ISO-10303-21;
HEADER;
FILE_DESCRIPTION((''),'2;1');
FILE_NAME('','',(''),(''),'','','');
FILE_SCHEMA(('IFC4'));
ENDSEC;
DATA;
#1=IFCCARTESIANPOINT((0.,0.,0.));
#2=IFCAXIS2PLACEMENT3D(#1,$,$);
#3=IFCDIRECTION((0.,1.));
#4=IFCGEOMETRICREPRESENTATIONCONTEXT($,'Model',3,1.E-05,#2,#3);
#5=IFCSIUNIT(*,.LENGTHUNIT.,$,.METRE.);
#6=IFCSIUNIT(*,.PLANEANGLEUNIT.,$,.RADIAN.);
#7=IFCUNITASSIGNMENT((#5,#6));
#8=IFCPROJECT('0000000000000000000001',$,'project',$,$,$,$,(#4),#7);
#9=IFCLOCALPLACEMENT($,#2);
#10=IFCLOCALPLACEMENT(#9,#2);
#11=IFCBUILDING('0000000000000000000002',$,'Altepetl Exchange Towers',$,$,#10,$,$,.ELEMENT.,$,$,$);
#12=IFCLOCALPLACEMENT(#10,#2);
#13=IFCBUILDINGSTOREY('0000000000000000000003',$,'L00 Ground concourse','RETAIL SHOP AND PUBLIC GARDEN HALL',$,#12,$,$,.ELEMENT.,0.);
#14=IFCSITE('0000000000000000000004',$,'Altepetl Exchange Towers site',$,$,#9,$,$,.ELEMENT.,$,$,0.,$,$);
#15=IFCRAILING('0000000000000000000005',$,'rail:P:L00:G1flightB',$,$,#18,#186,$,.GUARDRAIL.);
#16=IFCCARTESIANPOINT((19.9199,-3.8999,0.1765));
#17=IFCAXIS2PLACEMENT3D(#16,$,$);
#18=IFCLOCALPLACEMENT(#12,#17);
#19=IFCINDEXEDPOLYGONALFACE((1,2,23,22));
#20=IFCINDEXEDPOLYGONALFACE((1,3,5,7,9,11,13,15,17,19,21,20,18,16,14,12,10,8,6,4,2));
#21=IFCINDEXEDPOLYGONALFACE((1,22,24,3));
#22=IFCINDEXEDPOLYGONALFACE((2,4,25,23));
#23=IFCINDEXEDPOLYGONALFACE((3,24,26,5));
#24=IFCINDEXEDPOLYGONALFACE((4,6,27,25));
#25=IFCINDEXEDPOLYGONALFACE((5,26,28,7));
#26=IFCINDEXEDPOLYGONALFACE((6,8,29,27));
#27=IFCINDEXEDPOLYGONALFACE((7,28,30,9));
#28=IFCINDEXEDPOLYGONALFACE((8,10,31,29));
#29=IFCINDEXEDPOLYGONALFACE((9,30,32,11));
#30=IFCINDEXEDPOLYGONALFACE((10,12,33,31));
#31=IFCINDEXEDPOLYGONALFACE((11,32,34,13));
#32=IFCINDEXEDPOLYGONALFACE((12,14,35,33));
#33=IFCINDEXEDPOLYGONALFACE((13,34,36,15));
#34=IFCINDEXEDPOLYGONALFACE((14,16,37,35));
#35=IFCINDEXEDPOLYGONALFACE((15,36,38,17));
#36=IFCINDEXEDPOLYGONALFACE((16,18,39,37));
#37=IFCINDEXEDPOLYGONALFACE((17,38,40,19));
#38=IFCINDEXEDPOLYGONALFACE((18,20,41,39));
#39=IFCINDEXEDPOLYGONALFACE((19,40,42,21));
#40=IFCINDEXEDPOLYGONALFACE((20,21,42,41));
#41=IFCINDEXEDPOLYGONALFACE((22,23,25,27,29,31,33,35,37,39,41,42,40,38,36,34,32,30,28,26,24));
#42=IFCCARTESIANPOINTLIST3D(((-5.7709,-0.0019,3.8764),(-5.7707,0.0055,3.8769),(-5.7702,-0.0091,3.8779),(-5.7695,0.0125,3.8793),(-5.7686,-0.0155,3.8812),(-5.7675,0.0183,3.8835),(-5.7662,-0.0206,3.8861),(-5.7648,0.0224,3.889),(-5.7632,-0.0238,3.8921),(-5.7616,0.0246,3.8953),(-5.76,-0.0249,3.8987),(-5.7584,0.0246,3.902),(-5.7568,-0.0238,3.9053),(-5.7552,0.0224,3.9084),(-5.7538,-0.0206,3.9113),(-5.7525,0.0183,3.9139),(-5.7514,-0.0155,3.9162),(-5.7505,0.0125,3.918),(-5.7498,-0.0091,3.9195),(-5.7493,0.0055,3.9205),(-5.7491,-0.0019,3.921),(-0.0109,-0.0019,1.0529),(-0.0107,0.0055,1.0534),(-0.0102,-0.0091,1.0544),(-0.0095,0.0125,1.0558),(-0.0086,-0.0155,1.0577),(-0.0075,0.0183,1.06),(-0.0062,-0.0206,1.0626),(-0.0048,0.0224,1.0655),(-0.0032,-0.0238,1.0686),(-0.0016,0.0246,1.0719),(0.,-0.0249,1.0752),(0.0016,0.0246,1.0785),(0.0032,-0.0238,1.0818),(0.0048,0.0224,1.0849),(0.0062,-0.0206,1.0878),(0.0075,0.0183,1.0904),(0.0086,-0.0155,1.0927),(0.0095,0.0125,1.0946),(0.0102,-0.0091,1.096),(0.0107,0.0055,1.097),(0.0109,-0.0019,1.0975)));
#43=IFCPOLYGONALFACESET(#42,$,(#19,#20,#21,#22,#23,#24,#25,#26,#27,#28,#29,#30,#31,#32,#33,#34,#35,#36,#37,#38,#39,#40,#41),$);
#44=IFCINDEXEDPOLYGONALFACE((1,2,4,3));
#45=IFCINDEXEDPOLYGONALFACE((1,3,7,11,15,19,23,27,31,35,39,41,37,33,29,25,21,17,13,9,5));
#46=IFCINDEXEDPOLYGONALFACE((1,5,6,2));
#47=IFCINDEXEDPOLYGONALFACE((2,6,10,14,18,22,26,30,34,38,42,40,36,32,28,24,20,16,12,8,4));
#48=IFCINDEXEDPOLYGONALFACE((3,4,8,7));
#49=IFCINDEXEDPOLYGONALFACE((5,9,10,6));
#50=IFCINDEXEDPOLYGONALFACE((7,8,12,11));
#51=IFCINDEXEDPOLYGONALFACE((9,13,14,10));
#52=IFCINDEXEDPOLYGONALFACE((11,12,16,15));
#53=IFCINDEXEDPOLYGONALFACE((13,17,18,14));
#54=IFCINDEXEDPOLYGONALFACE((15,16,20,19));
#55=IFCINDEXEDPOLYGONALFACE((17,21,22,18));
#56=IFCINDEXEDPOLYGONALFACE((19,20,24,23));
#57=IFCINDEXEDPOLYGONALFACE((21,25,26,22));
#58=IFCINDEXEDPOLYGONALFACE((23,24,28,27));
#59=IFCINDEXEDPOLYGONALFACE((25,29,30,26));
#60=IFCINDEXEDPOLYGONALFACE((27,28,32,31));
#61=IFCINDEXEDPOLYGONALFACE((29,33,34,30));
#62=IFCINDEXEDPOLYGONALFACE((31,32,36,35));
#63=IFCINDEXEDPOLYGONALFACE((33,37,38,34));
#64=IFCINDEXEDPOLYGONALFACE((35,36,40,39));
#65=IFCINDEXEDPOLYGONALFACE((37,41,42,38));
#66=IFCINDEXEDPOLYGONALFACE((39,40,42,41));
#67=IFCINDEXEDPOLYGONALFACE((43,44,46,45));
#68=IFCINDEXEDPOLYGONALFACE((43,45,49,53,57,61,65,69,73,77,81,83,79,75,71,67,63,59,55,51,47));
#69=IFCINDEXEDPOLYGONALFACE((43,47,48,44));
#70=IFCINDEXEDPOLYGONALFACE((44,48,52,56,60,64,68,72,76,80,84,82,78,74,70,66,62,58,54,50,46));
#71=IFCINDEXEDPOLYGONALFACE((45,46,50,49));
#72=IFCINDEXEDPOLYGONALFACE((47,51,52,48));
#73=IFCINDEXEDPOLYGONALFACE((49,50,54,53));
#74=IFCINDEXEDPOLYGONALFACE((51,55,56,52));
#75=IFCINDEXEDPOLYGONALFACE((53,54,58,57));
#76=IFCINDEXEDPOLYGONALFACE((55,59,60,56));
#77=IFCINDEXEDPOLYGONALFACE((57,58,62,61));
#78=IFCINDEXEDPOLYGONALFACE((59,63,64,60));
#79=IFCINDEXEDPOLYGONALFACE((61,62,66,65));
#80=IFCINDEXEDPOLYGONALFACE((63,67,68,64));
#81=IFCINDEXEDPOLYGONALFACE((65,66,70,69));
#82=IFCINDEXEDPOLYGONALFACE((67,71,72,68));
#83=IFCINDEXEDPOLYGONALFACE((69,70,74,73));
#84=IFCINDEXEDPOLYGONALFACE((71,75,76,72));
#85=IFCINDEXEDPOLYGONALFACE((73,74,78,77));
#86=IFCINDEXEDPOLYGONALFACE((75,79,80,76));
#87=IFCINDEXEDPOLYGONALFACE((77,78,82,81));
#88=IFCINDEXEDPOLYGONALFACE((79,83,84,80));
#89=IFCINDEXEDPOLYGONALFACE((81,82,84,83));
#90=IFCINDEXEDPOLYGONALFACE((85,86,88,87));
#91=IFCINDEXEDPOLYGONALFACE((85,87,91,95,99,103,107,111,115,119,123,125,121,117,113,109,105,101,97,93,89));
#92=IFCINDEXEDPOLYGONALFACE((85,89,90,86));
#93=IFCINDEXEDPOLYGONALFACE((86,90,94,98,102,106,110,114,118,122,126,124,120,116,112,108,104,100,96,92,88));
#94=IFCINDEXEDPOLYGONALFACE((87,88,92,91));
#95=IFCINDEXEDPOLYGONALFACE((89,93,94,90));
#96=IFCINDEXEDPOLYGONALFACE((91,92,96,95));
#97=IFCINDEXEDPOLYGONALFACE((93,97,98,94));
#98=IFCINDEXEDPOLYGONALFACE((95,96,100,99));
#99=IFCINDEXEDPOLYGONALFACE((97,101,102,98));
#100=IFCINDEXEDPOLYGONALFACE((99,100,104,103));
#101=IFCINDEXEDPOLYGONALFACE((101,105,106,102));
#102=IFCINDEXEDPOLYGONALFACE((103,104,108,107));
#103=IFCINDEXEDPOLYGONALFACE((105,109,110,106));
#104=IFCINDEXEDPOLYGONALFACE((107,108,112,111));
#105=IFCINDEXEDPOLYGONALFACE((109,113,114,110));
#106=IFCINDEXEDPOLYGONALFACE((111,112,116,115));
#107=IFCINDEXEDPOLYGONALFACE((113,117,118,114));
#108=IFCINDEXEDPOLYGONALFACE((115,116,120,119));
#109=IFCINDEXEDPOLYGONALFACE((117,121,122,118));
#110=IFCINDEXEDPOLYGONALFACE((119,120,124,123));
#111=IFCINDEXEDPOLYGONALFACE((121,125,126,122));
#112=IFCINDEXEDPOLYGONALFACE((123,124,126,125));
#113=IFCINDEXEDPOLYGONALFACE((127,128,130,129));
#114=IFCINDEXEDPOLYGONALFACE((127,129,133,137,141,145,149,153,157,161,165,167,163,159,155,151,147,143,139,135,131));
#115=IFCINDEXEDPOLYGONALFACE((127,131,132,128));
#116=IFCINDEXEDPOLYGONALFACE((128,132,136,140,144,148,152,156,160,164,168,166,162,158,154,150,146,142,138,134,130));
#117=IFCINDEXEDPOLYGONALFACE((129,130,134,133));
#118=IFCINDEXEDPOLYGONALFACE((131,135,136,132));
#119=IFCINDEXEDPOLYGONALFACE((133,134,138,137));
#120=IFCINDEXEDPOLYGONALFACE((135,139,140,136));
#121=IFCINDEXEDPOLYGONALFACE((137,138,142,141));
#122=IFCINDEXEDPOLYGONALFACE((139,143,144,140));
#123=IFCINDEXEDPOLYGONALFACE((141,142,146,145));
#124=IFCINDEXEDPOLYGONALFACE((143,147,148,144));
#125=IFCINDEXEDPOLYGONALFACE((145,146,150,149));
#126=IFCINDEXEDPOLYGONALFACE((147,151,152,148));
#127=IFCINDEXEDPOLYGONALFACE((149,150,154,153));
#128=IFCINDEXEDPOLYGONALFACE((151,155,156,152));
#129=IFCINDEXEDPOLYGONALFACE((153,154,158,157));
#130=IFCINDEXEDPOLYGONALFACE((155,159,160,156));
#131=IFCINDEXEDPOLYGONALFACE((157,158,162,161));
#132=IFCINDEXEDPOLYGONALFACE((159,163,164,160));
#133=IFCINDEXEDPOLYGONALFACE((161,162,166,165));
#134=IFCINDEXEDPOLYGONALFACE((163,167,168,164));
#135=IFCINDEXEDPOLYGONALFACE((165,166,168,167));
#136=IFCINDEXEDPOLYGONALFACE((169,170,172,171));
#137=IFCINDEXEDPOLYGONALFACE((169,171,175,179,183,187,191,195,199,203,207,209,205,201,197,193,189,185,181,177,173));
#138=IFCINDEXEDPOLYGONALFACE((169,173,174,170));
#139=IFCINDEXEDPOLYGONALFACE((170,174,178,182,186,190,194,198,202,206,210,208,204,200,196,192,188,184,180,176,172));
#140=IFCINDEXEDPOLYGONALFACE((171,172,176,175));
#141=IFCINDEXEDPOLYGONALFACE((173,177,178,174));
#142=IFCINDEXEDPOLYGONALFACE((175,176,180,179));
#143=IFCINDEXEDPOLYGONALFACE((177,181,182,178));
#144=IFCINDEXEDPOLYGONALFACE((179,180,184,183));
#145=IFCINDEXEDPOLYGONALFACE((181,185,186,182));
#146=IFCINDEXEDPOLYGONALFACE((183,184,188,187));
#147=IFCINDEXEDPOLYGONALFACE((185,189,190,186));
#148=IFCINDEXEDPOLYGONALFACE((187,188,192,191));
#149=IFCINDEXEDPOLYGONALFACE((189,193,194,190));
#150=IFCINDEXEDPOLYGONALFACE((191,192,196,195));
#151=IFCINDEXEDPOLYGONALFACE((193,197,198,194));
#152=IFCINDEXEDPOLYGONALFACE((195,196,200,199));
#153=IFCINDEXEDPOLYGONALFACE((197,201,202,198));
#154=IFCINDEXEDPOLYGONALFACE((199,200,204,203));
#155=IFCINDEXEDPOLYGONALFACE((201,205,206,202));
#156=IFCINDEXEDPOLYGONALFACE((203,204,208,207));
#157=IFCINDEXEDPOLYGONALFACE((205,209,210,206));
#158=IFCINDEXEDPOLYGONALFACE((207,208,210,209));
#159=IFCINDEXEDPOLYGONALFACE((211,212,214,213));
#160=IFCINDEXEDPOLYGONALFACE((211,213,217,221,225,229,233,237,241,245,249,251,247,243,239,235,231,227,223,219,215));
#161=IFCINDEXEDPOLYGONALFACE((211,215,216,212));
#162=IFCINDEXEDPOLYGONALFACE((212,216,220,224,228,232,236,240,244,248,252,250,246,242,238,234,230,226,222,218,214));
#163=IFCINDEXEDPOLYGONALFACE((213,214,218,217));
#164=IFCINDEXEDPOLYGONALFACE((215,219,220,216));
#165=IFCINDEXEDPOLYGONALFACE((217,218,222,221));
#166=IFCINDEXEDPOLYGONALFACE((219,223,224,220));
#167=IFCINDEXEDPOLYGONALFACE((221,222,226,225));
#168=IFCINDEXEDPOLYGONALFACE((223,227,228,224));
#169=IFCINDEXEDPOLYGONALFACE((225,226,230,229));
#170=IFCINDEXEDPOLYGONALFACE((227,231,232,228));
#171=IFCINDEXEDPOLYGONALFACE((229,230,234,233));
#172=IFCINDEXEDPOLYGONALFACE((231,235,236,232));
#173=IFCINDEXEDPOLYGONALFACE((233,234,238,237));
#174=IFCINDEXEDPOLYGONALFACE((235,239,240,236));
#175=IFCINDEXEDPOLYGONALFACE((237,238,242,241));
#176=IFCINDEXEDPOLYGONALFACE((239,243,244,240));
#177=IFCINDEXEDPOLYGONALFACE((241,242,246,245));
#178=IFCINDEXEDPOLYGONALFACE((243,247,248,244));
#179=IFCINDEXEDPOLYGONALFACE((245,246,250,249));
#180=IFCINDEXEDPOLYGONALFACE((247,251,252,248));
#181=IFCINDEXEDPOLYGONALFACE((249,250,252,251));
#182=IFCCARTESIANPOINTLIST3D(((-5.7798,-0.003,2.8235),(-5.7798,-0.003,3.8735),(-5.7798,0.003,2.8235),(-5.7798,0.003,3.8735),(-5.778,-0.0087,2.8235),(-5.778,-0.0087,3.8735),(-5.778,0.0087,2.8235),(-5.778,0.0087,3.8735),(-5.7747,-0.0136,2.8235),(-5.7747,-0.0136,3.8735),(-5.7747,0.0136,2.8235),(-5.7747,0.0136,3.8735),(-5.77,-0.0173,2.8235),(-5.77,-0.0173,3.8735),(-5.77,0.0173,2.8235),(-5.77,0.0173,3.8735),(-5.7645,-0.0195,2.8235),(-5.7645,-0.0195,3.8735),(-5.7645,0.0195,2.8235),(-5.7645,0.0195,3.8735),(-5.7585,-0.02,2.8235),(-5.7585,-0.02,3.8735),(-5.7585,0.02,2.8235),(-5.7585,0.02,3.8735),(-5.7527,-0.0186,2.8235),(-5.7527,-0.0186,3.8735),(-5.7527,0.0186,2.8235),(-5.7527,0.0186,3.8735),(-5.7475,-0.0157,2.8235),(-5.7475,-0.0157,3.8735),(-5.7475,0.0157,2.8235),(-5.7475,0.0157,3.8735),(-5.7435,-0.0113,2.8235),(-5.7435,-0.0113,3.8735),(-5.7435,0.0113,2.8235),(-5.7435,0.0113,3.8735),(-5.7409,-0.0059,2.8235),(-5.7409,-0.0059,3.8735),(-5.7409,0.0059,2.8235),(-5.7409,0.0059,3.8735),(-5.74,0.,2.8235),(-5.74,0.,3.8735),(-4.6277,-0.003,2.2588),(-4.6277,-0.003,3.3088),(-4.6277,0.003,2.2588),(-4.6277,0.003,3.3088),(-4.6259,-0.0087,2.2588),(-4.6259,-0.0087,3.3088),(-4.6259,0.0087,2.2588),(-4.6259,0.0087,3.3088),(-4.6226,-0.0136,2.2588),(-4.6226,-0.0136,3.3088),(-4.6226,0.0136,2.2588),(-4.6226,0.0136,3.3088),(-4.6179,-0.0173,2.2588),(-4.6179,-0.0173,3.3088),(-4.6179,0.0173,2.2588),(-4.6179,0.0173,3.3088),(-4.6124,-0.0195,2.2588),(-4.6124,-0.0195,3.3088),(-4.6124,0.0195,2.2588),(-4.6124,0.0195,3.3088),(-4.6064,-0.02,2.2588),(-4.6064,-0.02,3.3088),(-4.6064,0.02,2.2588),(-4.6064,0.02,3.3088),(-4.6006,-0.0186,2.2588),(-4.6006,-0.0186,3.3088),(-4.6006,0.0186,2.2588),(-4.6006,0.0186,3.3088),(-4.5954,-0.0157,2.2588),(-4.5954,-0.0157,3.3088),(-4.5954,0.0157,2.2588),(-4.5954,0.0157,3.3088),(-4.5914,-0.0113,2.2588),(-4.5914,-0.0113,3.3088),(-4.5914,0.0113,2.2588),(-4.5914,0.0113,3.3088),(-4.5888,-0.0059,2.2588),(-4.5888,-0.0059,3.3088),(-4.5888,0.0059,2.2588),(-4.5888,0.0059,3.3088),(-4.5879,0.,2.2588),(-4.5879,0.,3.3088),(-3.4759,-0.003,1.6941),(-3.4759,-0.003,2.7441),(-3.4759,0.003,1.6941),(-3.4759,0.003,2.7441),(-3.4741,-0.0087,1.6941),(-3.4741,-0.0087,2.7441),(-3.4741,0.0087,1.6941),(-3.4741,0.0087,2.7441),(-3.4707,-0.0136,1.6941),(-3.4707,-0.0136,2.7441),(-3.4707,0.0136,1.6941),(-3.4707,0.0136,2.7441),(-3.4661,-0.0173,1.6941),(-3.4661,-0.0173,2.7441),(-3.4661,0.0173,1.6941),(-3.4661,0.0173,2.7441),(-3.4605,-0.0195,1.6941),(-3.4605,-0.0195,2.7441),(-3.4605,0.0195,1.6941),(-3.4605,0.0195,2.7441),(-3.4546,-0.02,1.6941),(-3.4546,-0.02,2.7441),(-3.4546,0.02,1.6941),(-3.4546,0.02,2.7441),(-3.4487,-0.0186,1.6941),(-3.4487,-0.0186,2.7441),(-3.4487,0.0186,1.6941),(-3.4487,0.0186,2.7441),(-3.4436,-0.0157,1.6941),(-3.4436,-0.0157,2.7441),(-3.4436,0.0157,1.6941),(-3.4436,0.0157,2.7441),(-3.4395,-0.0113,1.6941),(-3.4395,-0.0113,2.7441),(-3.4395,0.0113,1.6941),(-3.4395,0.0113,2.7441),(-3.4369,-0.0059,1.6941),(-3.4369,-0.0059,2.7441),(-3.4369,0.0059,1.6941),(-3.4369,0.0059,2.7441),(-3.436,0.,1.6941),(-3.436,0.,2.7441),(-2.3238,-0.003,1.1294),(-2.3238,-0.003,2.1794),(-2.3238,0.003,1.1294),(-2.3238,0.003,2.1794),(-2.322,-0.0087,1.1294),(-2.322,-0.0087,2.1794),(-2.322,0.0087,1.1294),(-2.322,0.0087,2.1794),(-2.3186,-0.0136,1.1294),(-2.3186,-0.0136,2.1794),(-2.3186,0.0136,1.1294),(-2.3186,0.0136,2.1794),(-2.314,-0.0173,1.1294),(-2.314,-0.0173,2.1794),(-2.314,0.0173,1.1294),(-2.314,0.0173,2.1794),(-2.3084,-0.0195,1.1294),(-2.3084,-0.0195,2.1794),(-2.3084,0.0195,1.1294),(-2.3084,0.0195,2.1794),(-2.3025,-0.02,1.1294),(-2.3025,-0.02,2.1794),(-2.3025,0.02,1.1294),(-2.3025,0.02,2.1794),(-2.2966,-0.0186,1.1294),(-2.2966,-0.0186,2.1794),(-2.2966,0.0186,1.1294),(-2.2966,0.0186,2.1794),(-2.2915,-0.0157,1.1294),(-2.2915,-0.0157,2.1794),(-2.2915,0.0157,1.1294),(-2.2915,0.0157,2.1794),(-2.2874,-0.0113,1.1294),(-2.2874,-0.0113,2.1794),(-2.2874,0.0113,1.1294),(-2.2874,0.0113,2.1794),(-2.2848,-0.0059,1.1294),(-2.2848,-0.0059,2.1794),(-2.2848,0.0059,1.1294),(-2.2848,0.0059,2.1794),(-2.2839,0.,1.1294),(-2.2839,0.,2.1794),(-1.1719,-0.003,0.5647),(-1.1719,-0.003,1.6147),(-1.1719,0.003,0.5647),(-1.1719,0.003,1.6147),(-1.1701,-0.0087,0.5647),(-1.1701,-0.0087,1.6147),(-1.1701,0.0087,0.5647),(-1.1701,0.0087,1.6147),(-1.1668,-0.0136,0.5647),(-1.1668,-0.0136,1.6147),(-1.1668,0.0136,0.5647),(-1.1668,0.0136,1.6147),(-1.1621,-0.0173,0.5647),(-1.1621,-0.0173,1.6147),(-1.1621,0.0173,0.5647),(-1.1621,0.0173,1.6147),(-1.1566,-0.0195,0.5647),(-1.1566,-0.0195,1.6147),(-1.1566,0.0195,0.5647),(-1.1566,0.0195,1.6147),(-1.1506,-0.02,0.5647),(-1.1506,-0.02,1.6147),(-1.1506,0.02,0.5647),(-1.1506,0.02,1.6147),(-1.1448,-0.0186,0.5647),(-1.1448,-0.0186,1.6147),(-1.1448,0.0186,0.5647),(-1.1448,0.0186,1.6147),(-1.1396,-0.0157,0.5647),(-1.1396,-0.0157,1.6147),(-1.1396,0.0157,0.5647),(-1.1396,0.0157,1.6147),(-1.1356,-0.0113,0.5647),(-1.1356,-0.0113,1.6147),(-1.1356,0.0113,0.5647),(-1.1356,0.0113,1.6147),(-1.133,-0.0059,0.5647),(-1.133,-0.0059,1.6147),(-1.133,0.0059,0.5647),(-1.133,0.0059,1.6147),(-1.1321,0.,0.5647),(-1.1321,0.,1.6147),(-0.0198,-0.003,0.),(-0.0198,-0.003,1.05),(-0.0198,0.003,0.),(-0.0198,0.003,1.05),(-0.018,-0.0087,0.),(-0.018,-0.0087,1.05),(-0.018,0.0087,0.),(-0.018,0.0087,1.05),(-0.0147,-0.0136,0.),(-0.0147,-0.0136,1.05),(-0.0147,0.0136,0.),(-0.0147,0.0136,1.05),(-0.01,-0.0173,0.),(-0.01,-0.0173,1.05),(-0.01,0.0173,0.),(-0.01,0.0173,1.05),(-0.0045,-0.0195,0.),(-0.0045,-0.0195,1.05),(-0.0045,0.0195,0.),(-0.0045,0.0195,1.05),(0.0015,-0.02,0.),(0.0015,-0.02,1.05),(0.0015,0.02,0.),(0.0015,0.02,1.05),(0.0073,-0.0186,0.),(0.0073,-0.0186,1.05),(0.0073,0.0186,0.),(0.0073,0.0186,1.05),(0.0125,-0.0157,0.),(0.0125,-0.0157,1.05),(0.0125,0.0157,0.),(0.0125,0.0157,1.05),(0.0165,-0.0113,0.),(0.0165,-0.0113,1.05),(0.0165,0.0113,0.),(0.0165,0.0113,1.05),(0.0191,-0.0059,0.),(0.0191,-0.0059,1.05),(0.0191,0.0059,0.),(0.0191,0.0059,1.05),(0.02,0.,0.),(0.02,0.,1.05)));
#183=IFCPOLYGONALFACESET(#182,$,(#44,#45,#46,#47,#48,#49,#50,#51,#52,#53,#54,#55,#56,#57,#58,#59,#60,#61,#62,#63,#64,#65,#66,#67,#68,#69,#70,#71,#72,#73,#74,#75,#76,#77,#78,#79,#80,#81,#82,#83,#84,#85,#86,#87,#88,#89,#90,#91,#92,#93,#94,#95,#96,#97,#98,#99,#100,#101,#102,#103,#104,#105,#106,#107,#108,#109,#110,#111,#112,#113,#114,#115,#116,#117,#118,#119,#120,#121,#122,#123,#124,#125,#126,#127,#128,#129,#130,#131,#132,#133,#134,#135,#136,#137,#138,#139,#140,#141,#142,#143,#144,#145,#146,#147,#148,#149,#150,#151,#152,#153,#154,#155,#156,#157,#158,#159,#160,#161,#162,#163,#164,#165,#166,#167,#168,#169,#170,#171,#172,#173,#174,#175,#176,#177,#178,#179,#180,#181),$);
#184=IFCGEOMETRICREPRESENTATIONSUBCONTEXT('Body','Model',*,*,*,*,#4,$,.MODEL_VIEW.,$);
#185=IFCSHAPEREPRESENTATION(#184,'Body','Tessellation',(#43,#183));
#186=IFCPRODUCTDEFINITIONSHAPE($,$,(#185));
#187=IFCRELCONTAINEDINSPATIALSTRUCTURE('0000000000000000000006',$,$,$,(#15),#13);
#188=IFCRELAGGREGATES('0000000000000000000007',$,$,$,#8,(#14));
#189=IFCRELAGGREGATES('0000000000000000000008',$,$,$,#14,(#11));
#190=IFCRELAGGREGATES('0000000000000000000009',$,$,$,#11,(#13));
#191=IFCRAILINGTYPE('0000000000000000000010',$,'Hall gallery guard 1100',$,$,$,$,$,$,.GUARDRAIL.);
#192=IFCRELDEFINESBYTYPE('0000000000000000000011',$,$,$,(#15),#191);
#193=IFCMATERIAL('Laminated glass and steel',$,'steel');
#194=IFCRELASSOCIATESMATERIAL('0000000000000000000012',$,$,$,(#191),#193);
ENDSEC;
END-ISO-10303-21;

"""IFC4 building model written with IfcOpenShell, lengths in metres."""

from ifc_helpers import new_model, si_unit, direction, frame, origin, origin_2d, place, context, subcontext, project, spatial, circle, extrude, source, transform, mapped, material, type_object, element, save


model = new_model("IFC4")

# Units and contexts
model_context = context("Model", 3, precision=1e-05, world=origin(), true_north=direction((0.0, 1.0)))
body_context = subcontext(model_context, "Body", "Model", "MODEL_VIEW")
ifc_project = project(units=[si_unit("LENGTHUNIT", "METRE"), si_unit("PLANEANGLEUNIT", "RADIAN")], contexts=[model_context])

# Site, building, storey
site_placement = place(None, origin())
site = spatial("IfcSite", under=ifc_project, at=site_placement, Name="Altepetl Exchange Towers site", CompositionType="ELEMENT", RefElevation=0.0)
building_placement = place(site_placement, origin())
building = spatial("IfcBuilding", under=site, at=building_placement, Name="Altepetl Exchange Towers", CompositionType="ELEMENT")
storey_placement = place(building_placement, origin())
storey = spatial("IfcBuildingStorey", under=building, at=storey_placement, Name="L00 Ground concourse", Description="RETAIL SHOP AND PUBLIC GARDEN HALL", CompositionType="ELEMENT", Elevation=0.0)

# Railing
ifc_material_1 = material(Name="Laminated glass and steel", Category="steel")
railing_type_1 = type_object("IfcRailingType", Name="Hall gallery guard 1100", PredefinedType="GUARDRAIL", material=ifc_material_1)
shared_shape_1 = source(origin(), body_context, "Body", "SweptSolid", [
    extrude(circle(Radius=0.02, at=origin_2d()), origin(), (0.0, 0.0, 1.0), 1.05),
])
for number, where, name in (
    (1, (19.9199, -3.8999, 0.1765), "rail:P:L00:G1flightB"),
):
    element("IfcRailing", number, at=place(storey_placement, frame(where)), inside=storey, type_object=railing_type_1, Name=name, PredefinedType="GUARDRAIL", context=body_context, shape_type="SweptSolid", body=[
        extrude(circle(Radius=0.0249, at=origin_2d()), frame((0.0, 0.0, 1.0752), z_axis=(-0.897924, 0.0, 0.440151), x_axis=(0.0, -1.0, 0.0)), (0.0, 0.0, 1.0), 6.4148),
        mapped(shared_shape_1, transform((0.0, 0.0, 0.0))),
        mapped(shared_shape_1, transform((-1.1521, 0.0, 0.5647))),
        mapped(shared_shape_1, transform((-2.304, 0.0, 1.1294))),
        mapped(shared_shape_1, transform((-3.4561, 0.0, 1.6941))),
        mapped(shared_shape_1, transform((-4.6079, 0.0, 2.2588))),
        mapped(shared_shape_1, transform((-5.76, 0.0, 2.8235))),
    ])

save(model, "model.ifc")
